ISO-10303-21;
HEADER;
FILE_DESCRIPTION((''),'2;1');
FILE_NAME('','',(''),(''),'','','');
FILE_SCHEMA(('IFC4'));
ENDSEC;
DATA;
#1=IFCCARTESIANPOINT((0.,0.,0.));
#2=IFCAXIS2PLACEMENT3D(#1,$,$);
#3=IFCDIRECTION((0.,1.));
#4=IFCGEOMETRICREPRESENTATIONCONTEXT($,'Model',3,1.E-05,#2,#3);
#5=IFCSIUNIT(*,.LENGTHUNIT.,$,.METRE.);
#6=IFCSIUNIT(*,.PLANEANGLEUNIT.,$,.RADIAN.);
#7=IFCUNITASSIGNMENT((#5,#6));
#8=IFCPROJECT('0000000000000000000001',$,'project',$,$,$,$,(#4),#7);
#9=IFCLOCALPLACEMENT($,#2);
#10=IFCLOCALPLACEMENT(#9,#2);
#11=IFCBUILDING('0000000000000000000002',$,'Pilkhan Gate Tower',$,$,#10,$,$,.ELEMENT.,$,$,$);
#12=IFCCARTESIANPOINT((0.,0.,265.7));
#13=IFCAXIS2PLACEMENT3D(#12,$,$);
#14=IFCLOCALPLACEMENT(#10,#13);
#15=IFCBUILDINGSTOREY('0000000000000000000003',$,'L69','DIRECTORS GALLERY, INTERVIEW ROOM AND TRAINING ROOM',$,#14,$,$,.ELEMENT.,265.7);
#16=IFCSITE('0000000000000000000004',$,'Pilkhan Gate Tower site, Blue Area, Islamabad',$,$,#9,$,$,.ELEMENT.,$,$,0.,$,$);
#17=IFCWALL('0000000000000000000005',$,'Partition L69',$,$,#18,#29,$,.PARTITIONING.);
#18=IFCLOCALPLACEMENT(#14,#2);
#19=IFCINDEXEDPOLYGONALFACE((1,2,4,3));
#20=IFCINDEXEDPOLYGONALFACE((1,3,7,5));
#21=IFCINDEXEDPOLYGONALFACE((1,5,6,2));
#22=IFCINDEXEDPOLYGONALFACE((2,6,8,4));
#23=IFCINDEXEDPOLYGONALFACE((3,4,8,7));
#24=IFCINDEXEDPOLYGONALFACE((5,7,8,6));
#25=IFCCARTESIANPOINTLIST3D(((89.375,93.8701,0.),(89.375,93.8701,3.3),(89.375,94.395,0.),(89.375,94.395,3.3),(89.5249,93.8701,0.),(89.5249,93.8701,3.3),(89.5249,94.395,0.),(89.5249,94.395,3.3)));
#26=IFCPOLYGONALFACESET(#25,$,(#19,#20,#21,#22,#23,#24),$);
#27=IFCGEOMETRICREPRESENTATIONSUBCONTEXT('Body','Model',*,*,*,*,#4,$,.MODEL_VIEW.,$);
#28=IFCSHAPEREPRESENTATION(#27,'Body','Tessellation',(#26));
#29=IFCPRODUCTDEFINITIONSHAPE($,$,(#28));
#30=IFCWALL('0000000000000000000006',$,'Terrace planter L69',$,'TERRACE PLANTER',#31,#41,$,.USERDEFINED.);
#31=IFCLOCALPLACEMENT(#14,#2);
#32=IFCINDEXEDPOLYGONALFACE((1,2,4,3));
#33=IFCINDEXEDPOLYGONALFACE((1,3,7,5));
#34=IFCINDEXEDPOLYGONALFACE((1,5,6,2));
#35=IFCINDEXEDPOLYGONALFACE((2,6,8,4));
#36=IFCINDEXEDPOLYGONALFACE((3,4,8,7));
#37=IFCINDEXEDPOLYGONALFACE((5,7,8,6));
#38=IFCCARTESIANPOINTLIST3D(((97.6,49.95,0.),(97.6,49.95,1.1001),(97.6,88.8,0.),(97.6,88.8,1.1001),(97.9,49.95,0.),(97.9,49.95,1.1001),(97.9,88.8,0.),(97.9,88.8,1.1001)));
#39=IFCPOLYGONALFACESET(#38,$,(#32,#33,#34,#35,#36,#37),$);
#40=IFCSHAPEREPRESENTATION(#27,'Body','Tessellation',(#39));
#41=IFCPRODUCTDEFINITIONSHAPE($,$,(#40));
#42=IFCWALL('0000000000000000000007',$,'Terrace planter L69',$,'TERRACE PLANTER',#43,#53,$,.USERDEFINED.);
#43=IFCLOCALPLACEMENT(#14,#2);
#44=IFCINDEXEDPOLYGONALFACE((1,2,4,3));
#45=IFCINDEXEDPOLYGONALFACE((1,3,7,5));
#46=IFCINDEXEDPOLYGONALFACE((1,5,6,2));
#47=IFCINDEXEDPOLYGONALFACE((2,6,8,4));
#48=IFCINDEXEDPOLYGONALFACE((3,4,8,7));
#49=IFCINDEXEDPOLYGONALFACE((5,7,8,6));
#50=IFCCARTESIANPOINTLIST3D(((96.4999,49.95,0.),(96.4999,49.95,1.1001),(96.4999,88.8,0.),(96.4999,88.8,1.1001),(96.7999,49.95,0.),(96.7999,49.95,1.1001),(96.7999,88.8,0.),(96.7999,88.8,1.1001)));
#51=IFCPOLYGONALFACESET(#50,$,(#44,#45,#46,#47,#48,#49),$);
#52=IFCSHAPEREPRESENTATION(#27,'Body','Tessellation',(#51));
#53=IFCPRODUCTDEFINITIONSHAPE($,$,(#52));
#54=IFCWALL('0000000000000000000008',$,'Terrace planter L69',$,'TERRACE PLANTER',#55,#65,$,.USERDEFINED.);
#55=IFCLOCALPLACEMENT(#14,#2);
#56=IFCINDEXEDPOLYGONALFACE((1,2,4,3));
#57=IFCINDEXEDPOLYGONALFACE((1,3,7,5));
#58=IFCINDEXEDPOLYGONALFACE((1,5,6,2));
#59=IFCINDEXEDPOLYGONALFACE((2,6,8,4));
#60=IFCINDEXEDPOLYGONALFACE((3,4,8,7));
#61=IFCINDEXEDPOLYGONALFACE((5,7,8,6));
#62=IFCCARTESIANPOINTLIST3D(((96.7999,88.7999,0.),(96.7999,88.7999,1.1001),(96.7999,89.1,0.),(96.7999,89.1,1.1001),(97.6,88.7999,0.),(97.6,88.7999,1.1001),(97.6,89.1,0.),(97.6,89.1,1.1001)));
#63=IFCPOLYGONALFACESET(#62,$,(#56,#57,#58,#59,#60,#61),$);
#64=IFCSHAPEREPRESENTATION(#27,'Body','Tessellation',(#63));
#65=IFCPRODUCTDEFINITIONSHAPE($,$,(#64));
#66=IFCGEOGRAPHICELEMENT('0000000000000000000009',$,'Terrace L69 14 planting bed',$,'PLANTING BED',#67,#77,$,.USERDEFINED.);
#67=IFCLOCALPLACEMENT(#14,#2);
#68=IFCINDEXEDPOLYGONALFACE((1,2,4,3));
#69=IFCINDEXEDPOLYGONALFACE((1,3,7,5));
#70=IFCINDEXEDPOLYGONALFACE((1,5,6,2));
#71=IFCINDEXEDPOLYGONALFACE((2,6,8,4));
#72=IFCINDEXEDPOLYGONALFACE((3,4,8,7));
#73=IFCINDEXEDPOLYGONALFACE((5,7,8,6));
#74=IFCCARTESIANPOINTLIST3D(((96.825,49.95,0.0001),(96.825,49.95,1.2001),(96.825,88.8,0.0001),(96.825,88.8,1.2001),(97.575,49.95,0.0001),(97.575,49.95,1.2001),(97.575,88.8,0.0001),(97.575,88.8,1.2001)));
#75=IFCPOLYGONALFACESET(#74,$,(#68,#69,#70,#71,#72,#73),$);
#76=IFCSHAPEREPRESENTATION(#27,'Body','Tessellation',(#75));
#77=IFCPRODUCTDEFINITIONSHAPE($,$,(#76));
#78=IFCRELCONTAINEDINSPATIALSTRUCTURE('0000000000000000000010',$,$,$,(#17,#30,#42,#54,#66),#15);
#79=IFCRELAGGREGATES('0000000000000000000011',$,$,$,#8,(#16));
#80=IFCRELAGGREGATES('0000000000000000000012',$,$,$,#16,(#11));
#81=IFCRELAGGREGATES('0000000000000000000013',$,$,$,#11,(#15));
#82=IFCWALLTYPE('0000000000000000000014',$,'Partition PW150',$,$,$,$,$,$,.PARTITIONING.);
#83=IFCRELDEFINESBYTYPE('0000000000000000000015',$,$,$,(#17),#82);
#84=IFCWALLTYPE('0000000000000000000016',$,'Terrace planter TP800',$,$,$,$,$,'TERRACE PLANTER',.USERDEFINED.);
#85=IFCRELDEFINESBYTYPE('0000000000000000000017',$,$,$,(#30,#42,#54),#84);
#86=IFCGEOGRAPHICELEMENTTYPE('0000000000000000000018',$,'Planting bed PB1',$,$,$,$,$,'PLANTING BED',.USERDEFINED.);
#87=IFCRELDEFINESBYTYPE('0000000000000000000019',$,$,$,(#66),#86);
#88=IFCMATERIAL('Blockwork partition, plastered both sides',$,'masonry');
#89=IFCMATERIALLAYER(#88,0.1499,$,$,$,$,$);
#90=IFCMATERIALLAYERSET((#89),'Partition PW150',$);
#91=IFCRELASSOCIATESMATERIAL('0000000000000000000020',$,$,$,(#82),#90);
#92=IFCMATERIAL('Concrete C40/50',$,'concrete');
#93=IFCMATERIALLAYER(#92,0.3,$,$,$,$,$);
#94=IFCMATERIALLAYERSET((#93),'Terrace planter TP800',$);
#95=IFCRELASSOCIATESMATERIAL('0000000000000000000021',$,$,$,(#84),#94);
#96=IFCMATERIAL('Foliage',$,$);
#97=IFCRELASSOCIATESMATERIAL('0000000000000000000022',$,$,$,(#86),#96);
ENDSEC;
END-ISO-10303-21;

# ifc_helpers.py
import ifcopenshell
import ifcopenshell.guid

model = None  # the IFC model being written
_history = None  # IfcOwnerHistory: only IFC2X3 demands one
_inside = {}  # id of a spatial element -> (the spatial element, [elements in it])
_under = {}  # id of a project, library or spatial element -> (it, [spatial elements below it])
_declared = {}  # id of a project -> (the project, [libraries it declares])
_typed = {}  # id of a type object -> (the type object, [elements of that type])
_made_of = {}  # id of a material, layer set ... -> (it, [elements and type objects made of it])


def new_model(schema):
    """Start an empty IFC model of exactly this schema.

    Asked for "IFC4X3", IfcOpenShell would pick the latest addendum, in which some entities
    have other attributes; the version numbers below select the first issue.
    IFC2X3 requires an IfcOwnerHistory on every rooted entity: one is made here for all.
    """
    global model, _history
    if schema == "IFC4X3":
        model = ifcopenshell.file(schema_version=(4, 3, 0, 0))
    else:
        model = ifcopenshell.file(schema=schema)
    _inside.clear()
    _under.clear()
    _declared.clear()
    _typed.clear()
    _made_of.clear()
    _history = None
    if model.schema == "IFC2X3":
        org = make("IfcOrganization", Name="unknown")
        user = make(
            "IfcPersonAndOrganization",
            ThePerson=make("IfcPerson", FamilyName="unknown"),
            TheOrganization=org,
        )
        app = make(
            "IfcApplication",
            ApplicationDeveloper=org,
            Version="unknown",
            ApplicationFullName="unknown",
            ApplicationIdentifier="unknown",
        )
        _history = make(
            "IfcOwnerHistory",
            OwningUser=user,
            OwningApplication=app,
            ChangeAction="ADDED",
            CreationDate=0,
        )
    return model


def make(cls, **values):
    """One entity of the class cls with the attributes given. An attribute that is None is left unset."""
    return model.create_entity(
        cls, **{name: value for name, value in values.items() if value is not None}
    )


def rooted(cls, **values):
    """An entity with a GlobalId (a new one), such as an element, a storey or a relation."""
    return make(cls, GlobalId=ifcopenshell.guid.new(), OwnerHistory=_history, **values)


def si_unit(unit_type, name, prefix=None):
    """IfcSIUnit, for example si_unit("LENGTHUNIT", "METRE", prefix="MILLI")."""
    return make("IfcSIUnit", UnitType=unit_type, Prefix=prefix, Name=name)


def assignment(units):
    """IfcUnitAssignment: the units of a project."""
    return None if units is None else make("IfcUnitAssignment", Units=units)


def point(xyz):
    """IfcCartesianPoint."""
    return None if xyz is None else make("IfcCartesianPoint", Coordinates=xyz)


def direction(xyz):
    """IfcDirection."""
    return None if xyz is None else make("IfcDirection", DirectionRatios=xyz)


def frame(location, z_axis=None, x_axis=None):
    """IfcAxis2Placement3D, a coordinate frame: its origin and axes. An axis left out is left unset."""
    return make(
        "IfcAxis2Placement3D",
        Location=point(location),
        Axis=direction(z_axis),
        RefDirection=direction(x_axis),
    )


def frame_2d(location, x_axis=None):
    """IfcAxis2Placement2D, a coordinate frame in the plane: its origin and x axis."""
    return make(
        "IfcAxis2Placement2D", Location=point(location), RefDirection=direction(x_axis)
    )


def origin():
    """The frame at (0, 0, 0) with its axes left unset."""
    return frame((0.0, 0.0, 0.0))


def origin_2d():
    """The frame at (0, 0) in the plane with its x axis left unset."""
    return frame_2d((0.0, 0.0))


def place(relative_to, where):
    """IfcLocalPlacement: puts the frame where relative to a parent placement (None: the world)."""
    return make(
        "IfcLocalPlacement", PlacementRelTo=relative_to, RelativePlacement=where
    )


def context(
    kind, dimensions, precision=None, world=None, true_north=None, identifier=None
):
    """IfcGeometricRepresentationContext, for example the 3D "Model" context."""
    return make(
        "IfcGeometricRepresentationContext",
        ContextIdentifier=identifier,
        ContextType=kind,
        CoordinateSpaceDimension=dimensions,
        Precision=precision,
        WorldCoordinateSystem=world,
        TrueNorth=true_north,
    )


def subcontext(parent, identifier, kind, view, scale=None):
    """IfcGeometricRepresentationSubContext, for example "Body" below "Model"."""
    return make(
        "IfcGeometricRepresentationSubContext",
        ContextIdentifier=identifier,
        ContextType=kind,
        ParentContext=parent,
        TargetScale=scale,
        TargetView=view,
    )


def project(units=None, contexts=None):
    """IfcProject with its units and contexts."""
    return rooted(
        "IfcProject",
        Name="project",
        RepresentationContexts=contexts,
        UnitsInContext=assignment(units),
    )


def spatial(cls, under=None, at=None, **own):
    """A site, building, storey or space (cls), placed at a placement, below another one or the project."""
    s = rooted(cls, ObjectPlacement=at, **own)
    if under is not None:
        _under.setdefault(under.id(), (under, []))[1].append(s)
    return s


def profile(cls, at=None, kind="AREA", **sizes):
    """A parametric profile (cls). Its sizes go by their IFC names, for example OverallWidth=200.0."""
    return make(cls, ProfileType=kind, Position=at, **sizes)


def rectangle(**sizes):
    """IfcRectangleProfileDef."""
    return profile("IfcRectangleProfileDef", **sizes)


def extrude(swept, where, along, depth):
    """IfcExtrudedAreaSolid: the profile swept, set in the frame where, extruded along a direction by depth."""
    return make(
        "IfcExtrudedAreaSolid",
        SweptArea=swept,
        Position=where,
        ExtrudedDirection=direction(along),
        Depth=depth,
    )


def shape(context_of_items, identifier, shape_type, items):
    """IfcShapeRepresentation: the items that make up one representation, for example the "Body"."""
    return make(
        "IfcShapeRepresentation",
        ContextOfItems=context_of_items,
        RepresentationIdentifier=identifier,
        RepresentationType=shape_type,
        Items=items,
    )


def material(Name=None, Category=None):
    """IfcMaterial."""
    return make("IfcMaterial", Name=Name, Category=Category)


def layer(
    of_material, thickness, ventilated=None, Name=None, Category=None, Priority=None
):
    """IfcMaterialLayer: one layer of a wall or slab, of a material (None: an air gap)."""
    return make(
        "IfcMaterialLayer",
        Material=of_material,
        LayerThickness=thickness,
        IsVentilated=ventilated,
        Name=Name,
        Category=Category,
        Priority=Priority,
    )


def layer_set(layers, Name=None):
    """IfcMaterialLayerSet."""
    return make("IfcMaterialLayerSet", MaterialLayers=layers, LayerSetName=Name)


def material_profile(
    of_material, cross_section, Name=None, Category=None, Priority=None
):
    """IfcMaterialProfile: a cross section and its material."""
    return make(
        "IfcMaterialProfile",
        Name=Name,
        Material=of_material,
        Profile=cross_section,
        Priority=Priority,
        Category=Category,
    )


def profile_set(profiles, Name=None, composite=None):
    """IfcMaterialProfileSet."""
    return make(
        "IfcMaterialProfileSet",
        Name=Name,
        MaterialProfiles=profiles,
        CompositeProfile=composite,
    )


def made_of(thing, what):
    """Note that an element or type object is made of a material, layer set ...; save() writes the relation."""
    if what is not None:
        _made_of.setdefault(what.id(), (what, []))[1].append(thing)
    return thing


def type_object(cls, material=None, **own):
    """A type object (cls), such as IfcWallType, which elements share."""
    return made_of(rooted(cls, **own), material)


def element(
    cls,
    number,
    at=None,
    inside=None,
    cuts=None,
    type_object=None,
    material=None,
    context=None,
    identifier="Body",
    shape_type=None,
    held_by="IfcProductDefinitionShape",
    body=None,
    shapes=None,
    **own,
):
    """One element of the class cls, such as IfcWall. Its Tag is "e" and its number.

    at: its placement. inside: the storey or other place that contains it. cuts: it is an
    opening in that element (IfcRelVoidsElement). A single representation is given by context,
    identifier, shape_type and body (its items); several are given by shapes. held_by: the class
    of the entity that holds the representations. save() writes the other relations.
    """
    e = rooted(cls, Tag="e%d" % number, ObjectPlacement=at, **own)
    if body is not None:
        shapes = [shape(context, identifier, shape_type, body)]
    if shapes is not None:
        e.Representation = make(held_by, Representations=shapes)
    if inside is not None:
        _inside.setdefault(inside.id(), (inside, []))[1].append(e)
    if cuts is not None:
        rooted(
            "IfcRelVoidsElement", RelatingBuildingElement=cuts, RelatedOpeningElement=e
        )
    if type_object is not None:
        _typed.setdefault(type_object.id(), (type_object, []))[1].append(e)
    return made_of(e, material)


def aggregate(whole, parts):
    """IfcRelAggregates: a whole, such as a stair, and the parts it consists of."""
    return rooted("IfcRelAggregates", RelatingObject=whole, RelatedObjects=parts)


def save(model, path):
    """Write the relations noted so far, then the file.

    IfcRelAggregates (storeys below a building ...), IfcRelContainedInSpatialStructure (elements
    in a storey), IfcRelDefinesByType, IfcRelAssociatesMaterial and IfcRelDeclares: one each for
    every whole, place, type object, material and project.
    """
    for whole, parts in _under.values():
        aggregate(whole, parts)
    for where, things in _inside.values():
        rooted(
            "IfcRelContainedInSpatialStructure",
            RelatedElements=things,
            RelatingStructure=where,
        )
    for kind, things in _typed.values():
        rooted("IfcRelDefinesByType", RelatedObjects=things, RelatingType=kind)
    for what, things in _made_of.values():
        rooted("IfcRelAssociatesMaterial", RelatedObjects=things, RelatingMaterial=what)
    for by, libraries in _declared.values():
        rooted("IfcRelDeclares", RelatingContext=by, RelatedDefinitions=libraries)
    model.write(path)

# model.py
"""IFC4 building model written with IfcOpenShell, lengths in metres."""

from ifc_helpers import new_model, si_unit, direction, frame, frame_2d, origin, origin_2d, place, context, subcontext, project, spatial, rectangle, extrude, material, layer, layer_set, material_profile, profile_set, type_object, element, save


model = new_model("IFC4")

# Units and contexts
model_context = context("Model", 3, precision=1e-05, world=origin(), true_north=direction((0.0, 1.0)))
body_context = subcontext(model_context, "Body", "Model", "MODEL_VIEW")
ifc_project = project(units=[si_unit("LENGTHUNIT", "METRE"), si_unit("PLANEANGLEUNIT", "RADIAN")], contexts=[model_context])

# Site, building, storey
site_placement = place(None, origin())
site = spatial("IfcSite", under=ifc_project, at=site_placement, Name="Pilkhan Gate Tower site, Blue Area, Islamabad", CompositionType="ELEMENT", RefElevation=0.0)
building_placement = place(site_placement, origin())
building = spatial("IfcBuilding", under=site, at=building_placement, Name="Pilkhan Gate Tower", CompositionType="ELEMENT")
storey_placement = place(building_placement, frame((0.0, 0.0, 265.7)))
storey = spatial("IfcBuildingStorey", under=building, at=storey_placement, Name="L69", Description="DIRECTORS GALLERY, INTERVIEW ROOM AND TRAINING ROOM", CompositionType="ELEMENT", Elevation=265.7)

# Shared definitions
ifc_material_1 = material(Name="Concrete C40/50", Category="concrete")

# Walls
ifc_material_2 = material(Name="Blockwork partition, plastered both sides", Category="masonry")
ifc_layer_1 = layer(ifc_material_2, 0.1499)
ifc_layer_set_1 = layer_set([ifc_layer_1], Name="Partition PW150")
wall_type_1 = type_object("IfcWallType", Name="Partition PW150", PredefinedType="PARTITIONING", material=ifc_layer_set_1)
wall_1_placement = place(storey_placement, frame((89.45, 93.8701, 0.0), z_axis=(0.0, 0.0, 1.0), x_axis=(0.0, 1.0, 0.0)))
element("IfcWall", 1, at=wall_1_placement, inside=storey, type_object=wall_type_1, Name="Partition L69", PredefinedType="PARTITIONING", context=body_context, shape_type="SweptSolid", body=[
    extrude(rectangle(XDim=0.5249, YDim=0.1499, at=frame_2d((0.2625, 0.0))), origin(), (0.0, 0.0, 1.0), 3.3),
])
ifc_layer_2 = layer(ifc_material_1, 0.3)
ifc_layer_set_2 = layer_set([ifc_layer_2], Name="Terrace planter TP800")
wall_type_2 = type_object("IfcWallType", Name="Terrace planter TP800", ElementType="TERRACE PLANTER", PredefinedType="USERDEFINED", material=ifc_layer_set_2)
for number, where, z_axis, x_axis, name in (
    (2, (97.75, 88.8, 0.0), (0.0, 0.0, 1.0), (0.0, -1.0, 0.0), "Terrace planter L69"),
    (3, (96.6499, 88.8, 0.0), (0.0, 0.0, 1.0), (0.0, -1.0, 0.0), "Terrace planter L69"),
):
    element("IfcWall", number, at=place(storey_placement, frame(where, z_axis=z_axis, x_axis=x_axis)), inside=storey, type_object=wall_type_2, Name=name, ObjectType="TERRACE PLANTER", PredefinedType="USERDEFINED", context=body_context, shape_type="SweptSolid", body=[
        extrude(rectangle(XDim=38.8501, YDim=0.3, at=frame_2d((19.425, 0.0))), origin(), (0.0, 0.0, 1.0), 1.1001),
    ])
wall_2_placement = place(storey_placement, frame((96.8, 88.95, 0.0), z_axis=(0.0, 0.0, 1.0), x_axis=(1.0, 0.0, 0.0)))
element("IfcWall", 4, at=wall_2_placement, inside=storey, type_object=wall_type_2, Name="Terrace planter L69", ObjectType="TERRACE PLANTER", PredefinedType="USERDEFINED", context=body_context, shape_type="SweptSolid", body=[
    extrude(rectangle(XDim=0.8, YDim=0.3, at=frame_2d((0.3999, 0.0))), origin(), (0.0, 0.0, 1.0), 1.1001),
])

# Geographic element
ifc_material_3 = material(Name="Foliage")
ifc_material_profile_1 = material_profile(ifc_material_3, rectangle(XDim=0.75, YDim=1.2, at=origin_2d()), Name="Bed 750x1200")
ifc_profile_set_1 = profile_set([ifc_material_profile_1], Name="Foliage")
geographic_element_type = type_object("IfcGeographicElementType", Name="Planting bed PB1", ElementType="PLANTING BED", PredefinedType="USERDEFINED", material=ifc_profile_set_1)
geographic_element_placement = place(storey_placement, frame((97.2, 88.8, 0.6001), z_axis=(0.0, -1.0, 0.0), x_axis=(1.0, 0.0, 0.0)))
element("IfcGeographicElement", 5, at=geographic_element_placement, inside=storey, type_object=geographic_element_type, Name="Terrace L69 14 planting bed", ObjectType="PLANTING BED", PredefinedType="USERDEFINED", context=body_context, shape_type="SweptSolid", body=[
    extrude(rectangle(XDim=0.75, YDim=1.2, at=origin_2d()), origin(), (0.0, 0.0, 1.0), 38.8501),
])

save(model, "model.ifc")
